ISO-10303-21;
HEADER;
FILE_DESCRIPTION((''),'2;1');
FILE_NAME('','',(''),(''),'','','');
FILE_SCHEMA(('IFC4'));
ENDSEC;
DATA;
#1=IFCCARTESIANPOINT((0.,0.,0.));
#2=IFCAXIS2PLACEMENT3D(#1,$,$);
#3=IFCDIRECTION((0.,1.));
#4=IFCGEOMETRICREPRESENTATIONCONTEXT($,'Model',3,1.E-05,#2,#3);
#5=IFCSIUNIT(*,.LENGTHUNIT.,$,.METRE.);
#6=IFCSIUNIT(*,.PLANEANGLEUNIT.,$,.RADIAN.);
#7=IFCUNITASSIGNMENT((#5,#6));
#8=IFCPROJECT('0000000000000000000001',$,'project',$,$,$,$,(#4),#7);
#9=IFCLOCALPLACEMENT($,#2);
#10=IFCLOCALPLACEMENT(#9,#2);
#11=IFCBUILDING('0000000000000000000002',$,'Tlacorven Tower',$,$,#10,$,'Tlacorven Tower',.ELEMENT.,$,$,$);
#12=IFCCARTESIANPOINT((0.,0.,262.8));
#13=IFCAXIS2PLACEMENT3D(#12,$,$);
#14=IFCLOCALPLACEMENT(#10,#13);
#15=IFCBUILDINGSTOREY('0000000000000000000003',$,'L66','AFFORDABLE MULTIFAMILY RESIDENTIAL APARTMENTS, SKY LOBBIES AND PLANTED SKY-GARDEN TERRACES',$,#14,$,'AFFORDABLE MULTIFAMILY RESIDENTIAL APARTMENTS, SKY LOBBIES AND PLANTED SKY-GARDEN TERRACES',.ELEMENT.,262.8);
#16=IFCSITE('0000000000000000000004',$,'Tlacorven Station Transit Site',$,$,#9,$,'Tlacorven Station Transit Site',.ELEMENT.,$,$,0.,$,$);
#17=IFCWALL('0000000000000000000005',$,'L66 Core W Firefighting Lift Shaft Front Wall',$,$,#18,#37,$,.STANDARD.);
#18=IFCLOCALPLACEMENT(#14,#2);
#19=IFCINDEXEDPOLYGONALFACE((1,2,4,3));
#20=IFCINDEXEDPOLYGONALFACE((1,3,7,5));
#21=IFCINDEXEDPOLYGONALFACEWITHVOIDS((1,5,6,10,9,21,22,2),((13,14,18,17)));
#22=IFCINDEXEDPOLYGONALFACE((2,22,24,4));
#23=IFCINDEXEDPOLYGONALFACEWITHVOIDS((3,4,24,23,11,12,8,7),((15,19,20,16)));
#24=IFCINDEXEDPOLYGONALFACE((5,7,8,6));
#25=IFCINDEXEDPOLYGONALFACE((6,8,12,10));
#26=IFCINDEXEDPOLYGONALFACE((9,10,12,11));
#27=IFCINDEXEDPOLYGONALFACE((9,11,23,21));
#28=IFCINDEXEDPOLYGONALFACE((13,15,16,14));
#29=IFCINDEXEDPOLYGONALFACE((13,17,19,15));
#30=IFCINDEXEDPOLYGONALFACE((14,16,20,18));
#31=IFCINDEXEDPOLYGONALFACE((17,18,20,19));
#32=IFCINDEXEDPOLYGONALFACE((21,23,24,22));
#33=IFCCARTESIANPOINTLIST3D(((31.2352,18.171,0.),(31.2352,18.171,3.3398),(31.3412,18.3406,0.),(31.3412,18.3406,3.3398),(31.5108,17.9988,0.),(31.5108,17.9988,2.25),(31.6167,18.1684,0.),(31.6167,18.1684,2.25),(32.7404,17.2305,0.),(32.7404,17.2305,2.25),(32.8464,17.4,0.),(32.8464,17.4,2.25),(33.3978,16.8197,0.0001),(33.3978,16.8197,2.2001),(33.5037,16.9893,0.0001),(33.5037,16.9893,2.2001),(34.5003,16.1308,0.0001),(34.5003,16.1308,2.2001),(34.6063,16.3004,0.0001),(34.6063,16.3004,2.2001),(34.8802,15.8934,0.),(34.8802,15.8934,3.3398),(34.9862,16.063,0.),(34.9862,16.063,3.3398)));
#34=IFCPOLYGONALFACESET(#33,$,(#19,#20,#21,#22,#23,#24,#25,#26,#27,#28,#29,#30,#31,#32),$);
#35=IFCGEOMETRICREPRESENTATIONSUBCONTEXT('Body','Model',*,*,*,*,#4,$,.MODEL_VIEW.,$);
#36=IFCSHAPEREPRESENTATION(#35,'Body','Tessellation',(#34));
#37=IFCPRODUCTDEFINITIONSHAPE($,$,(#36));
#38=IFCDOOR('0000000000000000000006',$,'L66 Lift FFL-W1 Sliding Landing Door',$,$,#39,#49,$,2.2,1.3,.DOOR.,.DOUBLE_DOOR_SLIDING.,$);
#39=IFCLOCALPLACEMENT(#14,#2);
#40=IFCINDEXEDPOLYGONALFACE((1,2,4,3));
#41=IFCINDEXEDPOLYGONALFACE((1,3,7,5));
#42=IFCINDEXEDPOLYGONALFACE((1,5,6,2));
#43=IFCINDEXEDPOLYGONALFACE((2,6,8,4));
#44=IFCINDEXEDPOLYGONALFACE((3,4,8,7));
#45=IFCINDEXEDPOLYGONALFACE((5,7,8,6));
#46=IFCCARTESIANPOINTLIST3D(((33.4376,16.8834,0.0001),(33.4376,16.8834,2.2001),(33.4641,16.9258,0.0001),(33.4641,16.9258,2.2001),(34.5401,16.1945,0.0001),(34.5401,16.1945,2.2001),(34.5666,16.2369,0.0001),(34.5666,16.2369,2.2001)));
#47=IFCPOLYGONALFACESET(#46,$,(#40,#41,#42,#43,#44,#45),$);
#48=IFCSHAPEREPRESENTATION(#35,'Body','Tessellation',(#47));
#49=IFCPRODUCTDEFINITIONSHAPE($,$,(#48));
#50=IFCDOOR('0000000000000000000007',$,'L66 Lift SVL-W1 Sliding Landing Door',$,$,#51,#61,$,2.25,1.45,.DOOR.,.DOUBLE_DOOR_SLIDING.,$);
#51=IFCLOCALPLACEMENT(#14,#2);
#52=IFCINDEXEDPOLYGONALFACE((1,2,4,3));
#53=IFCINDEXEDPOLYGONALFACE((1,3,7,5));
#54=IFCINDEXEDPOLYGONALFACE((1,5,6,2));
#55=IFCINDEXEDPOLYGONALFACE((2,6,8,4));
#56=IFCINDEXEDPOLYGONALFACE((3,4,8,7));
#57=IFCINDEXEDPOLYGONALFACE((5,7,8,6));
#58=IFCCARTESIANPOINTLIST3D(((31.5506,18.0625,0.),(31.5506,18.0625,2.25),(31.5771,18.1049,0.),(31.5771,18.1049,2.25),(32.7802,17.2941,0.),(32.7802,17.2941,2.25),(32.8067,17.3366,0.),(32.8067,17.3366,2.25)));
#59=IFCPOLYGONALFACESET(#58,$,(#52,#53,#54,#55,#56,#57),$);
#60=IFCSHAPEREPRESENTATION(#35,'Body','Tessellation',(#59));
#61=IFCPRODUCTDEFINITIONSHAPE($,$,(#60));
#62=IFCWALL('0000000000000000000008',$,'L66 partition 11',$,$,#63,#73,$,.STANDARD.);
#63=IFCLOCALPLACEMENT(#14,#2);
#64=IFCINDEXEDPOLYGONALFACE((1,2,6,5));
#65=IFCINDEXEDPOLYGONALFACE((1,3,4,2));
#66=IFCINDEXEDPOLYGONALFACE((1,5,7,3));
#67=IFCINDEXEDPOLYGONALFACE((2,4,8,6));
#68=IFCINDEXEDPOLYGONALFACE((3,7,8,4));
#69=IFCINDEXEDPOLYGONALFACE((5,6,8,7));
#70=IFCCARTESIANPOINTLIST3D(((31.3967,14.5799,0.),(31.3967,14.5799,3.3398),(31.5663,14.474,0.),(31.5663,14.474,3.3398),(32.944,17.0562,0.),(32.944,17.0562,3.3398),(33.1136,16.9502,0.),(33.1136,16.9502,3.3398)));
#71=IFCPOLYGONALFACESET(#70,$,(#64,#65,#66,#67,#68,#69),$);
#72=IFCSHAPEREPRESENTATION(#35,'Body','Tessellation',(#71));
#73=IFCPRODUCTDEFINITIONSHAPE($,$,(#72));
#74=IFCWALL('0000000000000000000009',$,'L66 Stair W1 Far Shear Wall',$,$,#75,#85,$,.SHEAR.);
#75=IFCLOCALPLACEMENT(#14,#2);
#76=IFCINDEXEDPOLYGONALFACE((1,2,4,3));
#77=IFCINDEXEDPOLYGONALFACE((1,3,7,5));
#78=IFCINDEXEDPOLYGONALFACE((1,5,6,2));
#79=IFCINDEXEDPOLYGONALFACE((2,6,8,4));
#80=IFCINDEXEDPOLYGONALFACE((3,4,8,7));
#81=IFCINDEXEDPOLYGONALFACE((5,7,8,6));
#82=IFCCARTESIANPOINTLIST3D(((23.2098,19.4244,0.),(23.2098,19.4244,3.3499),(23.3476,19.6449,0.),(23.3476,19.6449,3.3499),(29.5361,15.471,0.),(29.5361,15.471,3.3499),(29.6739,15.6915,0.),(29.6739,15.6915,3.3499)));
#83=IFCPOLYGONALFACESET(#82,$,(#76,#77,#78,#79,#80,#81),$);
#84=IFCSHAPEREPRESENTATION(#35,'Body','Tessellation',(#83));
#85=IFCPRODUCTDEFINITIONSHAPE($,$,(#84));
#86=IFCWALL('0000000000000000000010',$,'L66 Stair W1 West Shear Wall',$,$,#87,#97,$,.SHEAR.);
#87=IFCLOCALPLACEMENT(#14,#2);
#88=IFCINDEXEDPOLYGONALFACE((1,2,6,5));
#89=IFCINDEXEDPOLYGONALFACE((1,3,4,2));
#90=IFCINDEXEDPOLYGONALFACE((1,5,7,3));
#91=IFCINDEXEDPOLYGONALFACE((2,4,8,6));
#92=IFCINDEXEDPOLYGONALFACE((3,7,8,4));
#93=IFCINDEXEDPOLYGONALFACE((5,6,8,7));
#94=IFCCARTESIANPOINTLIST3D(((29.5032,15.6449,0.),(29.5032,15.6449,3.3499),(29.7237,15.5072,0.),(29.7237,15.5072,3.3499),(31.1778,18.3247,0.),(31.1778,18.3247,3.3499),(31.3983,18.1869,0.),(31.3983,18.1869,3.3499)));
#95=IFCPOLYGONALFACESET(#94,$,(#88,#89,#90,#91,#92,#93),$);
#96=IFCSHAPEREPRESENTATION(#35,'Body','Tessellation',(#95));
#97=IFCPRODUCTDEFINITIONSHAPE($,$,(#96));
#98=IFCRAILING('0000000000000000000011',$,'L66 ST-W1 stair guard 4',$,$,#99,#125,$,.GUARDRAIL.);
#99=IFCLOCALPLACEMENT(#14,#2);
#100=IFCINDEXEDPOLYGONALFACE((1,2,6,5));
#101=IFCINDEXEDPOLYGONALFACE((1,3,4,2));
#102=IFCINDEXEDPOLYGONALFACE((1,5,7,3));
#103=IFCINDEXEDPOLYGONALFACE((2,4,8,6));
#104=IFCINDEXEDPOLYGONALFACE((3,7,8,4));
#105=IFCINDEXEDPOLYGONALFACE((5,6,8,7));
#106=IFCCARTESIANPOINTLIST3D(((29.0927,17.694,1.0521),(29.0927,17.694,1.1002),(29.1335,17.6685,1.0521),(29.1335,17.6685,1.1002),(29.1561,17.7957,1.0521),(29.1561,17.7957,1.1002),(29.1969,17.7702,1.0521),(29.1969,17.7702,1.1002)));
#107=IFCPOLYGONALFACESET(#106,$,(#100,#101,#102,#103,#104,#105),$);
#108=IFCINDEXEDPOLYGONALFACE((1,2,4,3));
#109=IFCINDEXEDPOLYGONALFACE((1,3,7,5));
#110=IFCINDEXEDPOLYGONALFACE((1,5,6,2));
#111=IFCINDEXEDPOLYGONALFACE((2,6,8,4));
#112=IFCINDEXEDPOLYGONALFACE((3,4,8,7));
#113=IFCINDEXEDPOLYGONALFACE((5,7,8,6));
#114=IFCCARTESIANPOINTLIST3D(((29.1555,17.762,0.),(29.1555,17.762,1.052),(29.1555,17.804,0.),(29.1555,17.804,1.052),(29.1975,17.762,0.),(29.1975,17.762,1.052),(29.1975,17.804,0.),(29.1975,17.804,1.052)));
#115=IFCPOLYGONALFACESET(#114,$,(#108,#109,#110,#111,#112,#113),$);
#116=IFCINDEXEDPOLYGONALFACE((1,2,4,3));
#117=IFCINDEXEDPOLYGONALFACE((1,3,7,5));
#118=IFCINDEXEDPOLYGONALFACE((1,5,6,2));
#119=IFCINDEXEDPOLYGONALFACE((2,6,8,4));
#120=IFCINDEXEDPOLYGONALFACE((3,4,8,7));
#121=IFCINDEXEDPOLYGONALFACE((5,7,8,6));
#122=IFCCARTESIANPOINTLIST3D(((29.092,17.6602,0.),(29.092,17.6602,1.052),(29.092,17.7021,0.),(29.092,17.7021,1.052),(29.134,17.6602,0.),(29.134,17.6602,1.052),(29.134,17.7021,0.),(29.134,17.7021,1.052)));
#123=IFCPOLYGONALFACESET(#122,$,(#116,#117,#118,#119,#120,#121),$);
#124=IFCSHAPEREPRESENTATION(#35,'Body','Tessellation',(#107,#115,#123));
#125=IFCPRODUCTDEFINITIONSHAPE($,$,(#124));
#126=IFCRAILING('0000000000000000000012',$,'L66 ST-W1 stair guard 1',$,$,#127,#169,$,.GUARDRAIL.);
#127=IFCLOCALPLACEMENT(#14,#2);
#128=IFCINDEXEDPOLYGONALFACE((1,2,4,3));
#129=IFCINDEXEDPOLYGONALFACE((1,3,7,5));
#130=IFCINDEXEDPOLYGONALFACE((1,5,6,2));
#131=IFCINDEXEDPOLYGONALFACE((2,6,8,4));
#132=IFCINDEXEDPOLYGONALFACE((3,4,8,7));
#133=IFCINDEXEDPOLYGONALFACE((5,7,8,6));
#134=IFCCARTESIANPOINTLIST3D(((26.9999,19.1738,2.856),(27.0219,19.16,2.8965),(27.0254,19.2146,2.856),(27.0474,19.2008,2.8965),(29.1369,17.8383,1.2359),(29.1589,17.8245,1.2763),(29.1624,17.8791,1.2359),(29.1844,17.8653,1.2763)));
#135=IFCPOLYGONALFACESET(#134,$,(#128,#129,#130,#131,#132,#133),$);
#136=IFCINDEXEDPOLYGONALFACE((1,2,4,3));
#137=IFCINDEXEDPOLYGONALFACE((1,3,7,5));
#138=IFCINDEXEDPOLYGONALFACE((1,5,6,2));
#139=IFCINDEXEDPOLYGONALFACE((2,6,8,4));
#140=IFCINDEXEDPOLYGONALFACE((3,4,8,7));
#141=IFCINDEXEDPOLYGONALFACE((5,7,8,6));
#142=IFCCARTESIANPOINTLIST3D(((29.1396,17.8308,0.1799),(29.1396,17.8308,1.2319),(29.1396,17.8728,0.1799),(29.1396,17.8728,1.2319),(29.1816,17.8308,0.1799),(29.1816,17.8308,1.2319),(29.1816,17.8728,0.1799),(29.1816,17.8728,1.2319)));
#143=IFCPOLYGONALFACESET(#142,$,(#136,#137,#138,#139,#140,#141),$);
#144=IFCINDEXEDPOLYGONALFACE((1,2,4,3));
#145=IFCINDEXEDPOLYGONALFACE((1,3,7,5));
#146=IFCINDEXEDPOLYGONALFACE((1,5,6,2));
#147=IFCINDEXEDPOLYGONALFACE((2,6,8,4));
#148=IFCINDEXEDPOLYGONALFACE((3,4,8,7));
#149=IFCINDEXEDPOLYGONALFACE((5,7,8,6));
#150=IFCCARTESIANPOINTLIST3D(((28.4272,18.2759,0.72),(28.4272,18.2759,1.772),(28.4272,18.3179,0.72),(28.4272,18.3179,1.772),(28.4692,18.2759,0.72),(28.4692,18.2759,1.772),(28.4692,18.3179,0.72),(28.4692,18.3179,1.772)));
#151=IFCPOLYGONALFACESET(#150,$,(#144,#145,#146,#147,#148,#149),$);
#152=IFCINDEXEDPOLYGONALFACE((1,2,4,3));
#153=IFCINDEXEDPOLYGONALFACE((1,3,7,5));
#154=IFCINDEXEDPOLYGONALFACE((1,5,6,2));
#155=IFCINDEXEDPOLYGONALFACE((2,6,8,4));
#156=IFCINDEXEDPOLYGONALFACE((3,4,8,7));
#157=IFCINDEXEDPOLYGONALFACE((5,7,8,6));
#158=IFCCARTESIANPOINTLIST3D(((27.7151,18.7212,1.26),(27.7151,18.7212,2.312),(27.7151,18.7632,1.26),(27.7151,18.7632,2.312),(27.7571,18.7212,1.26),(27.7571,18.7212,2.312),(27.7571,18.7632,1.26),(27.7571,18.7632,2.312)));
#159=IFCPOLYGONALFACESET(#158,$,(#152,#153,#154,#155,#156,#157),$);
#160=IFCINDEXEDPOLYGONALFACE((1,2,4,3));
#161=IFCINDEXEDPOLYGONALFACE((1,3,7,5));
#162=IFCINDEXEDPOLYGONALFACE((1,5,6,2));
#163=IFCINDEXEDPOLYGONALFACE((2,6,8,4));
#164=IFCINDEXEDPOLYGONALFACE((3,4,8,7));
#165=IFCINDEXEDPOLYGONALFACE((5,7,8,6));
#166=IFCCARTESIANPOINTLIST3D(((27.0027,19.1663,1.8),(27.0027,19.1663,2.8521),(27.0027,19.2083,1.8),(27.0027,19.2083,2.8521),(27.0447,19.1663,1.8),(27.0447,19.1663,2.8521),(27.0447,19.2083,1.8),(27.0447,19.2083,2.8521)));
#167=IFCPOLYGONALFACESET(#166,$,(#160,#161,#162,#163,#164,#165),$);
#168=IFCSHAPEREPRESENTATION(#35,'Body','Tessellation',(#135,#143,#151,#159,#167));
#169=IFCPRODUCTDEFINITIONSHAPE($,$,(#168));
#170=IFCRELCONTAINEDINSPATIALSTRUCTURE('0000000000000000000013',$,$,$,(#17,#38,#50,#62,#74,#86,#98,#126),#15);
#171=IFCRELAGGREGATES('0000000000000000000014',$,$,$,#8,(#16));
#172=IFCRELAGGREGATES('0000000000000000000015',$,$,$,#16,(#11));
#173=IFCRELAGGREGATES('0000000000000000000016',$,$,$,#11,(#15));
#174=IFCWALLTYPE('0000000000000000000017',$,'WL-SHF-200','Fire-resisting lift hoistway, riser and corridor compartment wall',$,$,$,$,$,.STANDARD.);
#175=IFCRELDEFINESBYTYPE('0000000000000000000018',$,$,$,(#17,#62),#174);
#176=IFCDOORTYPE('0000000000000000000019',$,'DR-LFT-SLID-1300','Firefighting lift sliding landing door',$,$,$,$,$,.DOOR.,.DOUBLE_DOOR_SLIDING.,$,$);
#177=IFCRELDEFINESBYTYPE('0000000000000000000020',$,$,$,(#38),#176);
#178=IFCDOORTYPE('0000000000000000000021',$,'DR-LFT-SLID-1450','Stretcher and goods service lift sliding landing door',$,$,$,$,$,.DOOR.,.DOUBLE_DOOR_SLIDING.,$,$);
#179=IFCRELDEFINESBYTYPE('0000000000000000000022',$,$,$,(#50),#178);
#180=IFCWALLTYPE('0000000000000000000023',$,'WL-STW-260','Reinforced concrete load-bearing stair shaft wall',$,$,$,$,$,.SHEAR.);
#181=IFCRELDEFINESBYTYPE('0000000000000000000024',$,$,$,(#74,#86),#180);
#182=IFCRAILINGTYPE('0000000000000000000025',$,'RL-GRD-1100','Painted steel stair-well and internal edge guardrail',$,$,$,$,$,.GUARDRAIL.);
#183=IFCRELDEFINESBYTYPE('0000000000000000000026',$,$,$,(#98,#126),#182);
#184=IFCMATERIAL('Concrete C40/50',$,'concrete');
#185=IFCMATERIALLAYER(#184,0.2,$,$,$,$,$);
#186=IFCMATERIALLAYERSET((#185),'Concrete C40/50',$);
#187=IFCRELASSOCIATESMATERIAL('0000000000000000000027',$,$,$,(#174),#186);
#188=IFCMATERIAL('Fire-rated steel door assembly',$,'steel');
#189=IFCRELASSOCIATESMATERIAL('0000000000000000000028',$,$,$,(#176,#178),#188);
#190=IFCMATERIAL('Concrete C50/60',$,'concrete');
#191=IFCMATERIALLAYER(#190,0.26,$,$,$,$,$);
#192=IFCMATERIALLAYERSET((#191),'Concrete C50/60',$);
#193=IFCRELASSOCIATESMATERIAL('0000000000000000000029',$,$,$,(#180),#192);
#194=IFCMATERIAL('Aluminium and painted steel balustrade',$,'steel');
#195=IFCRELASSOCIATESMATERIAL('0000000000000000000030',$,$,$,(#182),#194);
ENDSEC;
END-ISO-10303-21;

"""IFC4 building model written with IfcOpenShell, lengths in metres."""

from ifc_helpers import new_model, si_unit, direction, frame, frame_2d, origin, origin_2d, place, context, subcontext, project, spatial, rectangle, extrude, source, transform, mapped, material, layer, layer_set, type_object, element, fill, save


model = new_model("IFC4")

# Units and contexts
model_context = context("Model", 3, precision=1e-05, world=origin(), true_north=direction((0.0, 1.0)))
body_context = subcontext(model_context, "Body", "Model", "MODEL_VIEW")
ifc_project = project(units=[si_unit("LENGTHUNIT", "METRE"), si_unit("PLANEANGLEUNIT", "RADIAN")], contexts=[model_context])

# Site, building, storey
site_placement = place(None, origin())
site = spatial("IfcSite", under=ifc_project, at=site_placement, Name="Tlacorven Station Transit Site", LongName="Tlacorven Station Transit Site", CompositionType="ELEMENT", RefElevation=0.0)
building_placement = place(site_placement, origin())
building = spatial("IfcBuilding", under=site, at=building_placement, Name="Tlacorven Tower", LongName="Tlacorven Tower", CompositionType="ELEMENT")
storey_placement = place(building_placement, frame((0.0, 0.0, 262.8)))
storey = spatial("IfcBuildingStorey", under=building, at=storey_placement, Name="L66", Description="AFFORDABLE MULTIFAMILY RESIDENTIAL APARTMENTS, SKY LOBBIES AND PLANTED SKY-GARDEN TERRACES", LongName="AFFORDABLE MULTIFAMILY RESIDENTIAL APARTMENTS, SKY LOBBIES AND PLANTED SKY-GARDEN TERRACES", CompositionType="ELEMENT", Elevation=262.8)

# Shared definitions
ifc_material_1 = material(Name="Concrete C50/60", Category="concrete")

# Shared definitions
ifc_material_2 = material(Name="Fire-rated steel door assembly", Category="steel")

# Wall, openings, doors
ifc_material_3 = material(Name="Concrete C40/50", Category="concrete")
ifc_layer_1 = layer(ifc_material_3, 0.2)
ifc_layer_set_1 = layer_set([ifc_layer_1], Name="Concrete C40/50")
wall_type_1 = type_object("IfcWallType", Name="WL-SHF-200", Description="Fire-resisting lift hoistway, riser and corridor compartment wall", PredefinedType="STANDARD", material=ifc_layer_set_1)
wall_1_placement = place(storey_placement, frame((34.9331, 15.9783, 0.0), z_axis=(0.0, 0.0, 1.0), x_axis=(-0.848056, 0.529907, 0.0)))
wall_1 = element("IfcWall", 1, at=wall_1_placement, inside=storey, type_object=wall_type_1, Name="L66 Core W Firefighting Lift Shaft Front Wall", PredefinedType="STANDARD", context=body_context, shape_type="SweptSolid", body=[
    extrude(rectangle(XDim=4.2981, YDim=0.2, at=frame_2d((2.1489, 0.0))), origin(), (0.0, 0.0, 1.0), 3.3398),
])
opening_1_placement = place(wall_1_placement, frame((0.448, 0.0, 0.0)))
opening_1 = element("IfcOpeningElement", 2, at=opening_1_placement, cuts=wall_1, PredefinedType="OPENING", context=body_context, shape_type="SweptSolid", body=[
    extrude(rectangle(XDim=1.3, YDim=2.2, at=frame_2d((0.6499, 1.1001))), frame((0.0, 0.1099, 0.0), z_axis=(0.0, -1.0, 0.0), x_axis=(1.0, 0.0, 0.0)), (0.0, 0.0, 1.0), 0.22),
])
opening_2_placement = place(wall_1_placement, frame((2.5229, 0.0, 0.0)))
opening_2 = element("IfcOpeningElement", 3, at=opening_2_placement, cuts=wall_1, PredefinedType="OPENING", context=body_context, shape_type="SweptSolid", body=[
    extrude(rectangle(XDim=1.45, YDim=2.25, at=frame_2d((0.7251, 1.125))), frame((0.0, 0.1099, 0.0), z_axis=(0.0, -1.0, 0.0), x_axis=(1.0, 0.0, 0.0)), (0.0, 0.0, 1.0), 0.22),
])
door_type_1 = type_object("IfcDoorType", Name="DR-LFT-SLID-1300", Description="Firefighting lift sliding landing door", OperationType="DOUBLE_DOOR_SLIDING", PredefinedType="DOOR", material=ifc_material_2)
shared_shape_1 = source(origin(), body_context, "Body", "SweptSolid", [
    extrude(rectangle(XDim=1.3, YDim=2.2, at=frame_2d((0.6499, 1.1001))), frame((0.0, 0.0249, 0.0), z_axis=(0.0, -1.0, 0.0), x_axis=(1.0, 0.0, 0.0)), (0.0, 0.0, 1.0), 0.05),
])
door_1_placement = place(opening_1_placement, origin())
door_1 = element("IfcDoor", 4, at=door_1_placement, inside=storey, type_object=door_type_1, Name="L66 Lift FFL-W1 Sliding Landing Door", OperationType="DOUBLE_DOOR_SLIDING", OverallHeight=2.2, OverallWidth=1.3, PredefinedType="DOOR", context=body_context, shape_type="MappedRepresentation", body=[
    mapped(shared_shape_1, transform((0.0, 0.0, 0.0), scale=1.0)),
])
fill(opening_1, door_1)
door_type_2 = type_object("IfcDoorType", Name="DR-LFT-SLID-1450", Description="Stretcher and goods service lift sliding landing door", OperationType="DOUBLE_DOOR_SLIDING", PredefinedType="DOOR", material=ifc_material_2)
shared_shape_2 = source(origin(), body_context, "Body", "SweptSolid", [
    extrude(rectangle(XDim=1.45, YDim=2.25, at=frame_2d((0.7251, 1.125))), frame((0.0, 0.0249, 0.0), z_axis=(0.0, -1.0, 0.0), x_axis=(1.0, 0.0, 0.0)), (0.0, 0.0, 1.0), 0.05),
])
door_2_placement = place(opening_2_placement, origin())
door_2 = element("IfcDoor", 5, at=door_2_placement, inside=storey, type_object=door_type_2, Name="L66 Lift SVL-W1 Sliding Landing Door", OperationType="DOUBLE_DOOR_SLIDING", OverallHeight=2.25, OverallWidth=1.45, PredefinedType="DOOR", context=body_context, shape_type="MappedRepresentation", body=[
    mapped(shared_shape_2, transform((0.0, 0.0, 0.0), scale=1.0)),
])
fill(opening_2, door_2)

# Walls
wall_2_placement = place(storey_placement, frame((33.0288, 17.0032, 0.0), z_axis=(0.0, 0.0, 1.0), x_axis=(-0.529916, -0.84805, 0.0)))
element("IfcWall", 6, at=wall_2_placement, inside=storey, type_object=wall_type_1, Name="L66 partition 11", PredefinedType="STANDARD", context=body_context, shape_type="SweptSolid", body=[
    extrude(rectangle(XDim=2.9199, YDim=0.2, at=frame_2d((1.46, 0.0))), origin(), (0.0, 0.0, 1.0), 3.3398),
])
ifc_layer_2 = layer(ifc_material_1, 0.26)
ifc_layer_set_2 = layer_set([ifc_layer_2], Name="Concrete C50/60")
wall_type_2 = type_object("IfcWallType", Name="WL-STW-260", Description="Reinforced concrete load-bearing stair shaft wall", PredefinedType="SHEAR", material=ifc_layer_set_2)
wall_3_placement = place(storey_placement, frame((29.605, 15.5813, 0.0), z_axis=(0.0, 0.0, 1.0), x_axis=(-0.848037, 0.529937, 0.0)))
element("IfcWall", 7, at=wall_3_placement, inside=storey, type_object=wall_type_2, Name="L66 Stair W1 Far Shear Wall", PredefinedType="SHEAR", context=body_context, shape_type="SweptSolid", body=[
    extrude(rectangle(XDim=7.46, YDim=0.26, at=frame_2d((3.73, 0.0))), origin(), (0.0, 0.0, 1.0), 3.3499),
])
wall_4_placement = place(storey_placement, frame((31.2881, 18.2559, 0.0), z_axis=(0.0, 0.0, 1.0), x_axis=(-0.529943, -0.848033, 0.0)))
element("IfcWall", 8, at=wall_4_placement, inside=storey, type_object=wall_type_2, Name="L66 Stair W1 West Shear Wall", PredefinedType="SHEAR", context=body_context, shape_type="SweptSolid", body=[
    extrude(rectangle(XDim=3.1599, YDim=0.26, at=frame_2d((1.5801, 0.0))), origin(), (0.0, 0.0, 1.0), 3.3499),
])

# Railings
ifc_material_4 = material(Name="Aluminium and painted steel balustrade", Category="steel")
railing_type = type_object("IfcRailingType", Name="RL-GRD-1100", Description="Painted steel stair-well and internal edge guardrail", PredefinedType="GUARDRAIL", material=ifc_material_4)
shared_shape_3 = source(origin(), body_context, "Body", "SweptSolid", [
    extrude(rectangle(XDim=0.0481, YDim=0.0481, at=origin_2d()), frame((0.0, 0.0, 1.0762), z_axis=(-0.529084, -0.848569, 0.0), x_axis=(0.848569, -0.529084, 0.0)), (0.0, 0.0, 1.0), 0.1199),
    extrude(rectangle(XDim=0.042, YDim=0.042, at=origin_2d()), origin(), (0.0, 0.0, 1.0), 1.052),
    extrude(rectangle(XDim=0.042, YDim=0.042, at=origin_2d()), frame((-0.0635, -0.1018, 0.0)), (0.0, 0.0, 1.0), 1.052),
])
railing_1_placement = place(storey_placement, frame((29.1765, 17.783, 0.0)))
element("IfcRailing", 9, at=railing_1_placement, inside=storey, type_object=railing_type, Name="L66 ST-W1 stair guard 4", PredefinedType="GUARDRAIL", context=body_context, shape_type="MappedRepresentation", body=[
    mapped(shared_shape_3, transform((0.0, 0.0, 0.0), scale=1.0)),
])
shared_shape_4 = source(origin(), body_context, "Body", "SweptSolid", [
    extrude(rectangle(XDim=0.0481, YDim=0.0481, at=origin_2d()), frame((0.0, 0.0, 1.0762), z_axis=(-0.71332, 0.445774, 0.540796), x_axis=(-0.529955, -0.848026, 0.0)), (0.0, 0.0, 1.0), 2.9958),
    extrude(rectangle(XDim=0.042, YDim=0.042, at=origin_2d()), origin(), (0.0, 0.0, 1.0), 1.052),
    extrude(rectangle(XDim=0.042, YDim=0.042, at=origin_2d()), frame((-0.7124, 0.4451, 0.54)), (0.0, 0.0, 1.0), 1.052),
    extrude(rectangle(XDim=0.042, YDim=0.042, at=origin_2d()), frame((-1.4246, 0.8904, 1.0801)), (0.0, 0.0, 1.0), 1.052),
    extrude(rectangle(XDim=0.042, YDim=0.042, at=origin_2d()), frame((-2.137, 1.3354, 1.6201)), (0.0, 0.0, 1.0), 1.052),
])
railing_2_placement = place(storey_placement, frame((29.1606, 17.8518, 0.1799)))
element("IfcRailing", 10, at=railing_2_placement, inside=storey, type_object=railing_type, Name="L66 ST-W1 stair guard 1", PredefinedType="GUARDRAIL", context=body_context, shape_type="MappedRepresentation", body=[
    mapped(shared_shape_4, transform((0.0, 0.0, 0.0), scale=1.0)),
])

save(model, "model.ifc")
